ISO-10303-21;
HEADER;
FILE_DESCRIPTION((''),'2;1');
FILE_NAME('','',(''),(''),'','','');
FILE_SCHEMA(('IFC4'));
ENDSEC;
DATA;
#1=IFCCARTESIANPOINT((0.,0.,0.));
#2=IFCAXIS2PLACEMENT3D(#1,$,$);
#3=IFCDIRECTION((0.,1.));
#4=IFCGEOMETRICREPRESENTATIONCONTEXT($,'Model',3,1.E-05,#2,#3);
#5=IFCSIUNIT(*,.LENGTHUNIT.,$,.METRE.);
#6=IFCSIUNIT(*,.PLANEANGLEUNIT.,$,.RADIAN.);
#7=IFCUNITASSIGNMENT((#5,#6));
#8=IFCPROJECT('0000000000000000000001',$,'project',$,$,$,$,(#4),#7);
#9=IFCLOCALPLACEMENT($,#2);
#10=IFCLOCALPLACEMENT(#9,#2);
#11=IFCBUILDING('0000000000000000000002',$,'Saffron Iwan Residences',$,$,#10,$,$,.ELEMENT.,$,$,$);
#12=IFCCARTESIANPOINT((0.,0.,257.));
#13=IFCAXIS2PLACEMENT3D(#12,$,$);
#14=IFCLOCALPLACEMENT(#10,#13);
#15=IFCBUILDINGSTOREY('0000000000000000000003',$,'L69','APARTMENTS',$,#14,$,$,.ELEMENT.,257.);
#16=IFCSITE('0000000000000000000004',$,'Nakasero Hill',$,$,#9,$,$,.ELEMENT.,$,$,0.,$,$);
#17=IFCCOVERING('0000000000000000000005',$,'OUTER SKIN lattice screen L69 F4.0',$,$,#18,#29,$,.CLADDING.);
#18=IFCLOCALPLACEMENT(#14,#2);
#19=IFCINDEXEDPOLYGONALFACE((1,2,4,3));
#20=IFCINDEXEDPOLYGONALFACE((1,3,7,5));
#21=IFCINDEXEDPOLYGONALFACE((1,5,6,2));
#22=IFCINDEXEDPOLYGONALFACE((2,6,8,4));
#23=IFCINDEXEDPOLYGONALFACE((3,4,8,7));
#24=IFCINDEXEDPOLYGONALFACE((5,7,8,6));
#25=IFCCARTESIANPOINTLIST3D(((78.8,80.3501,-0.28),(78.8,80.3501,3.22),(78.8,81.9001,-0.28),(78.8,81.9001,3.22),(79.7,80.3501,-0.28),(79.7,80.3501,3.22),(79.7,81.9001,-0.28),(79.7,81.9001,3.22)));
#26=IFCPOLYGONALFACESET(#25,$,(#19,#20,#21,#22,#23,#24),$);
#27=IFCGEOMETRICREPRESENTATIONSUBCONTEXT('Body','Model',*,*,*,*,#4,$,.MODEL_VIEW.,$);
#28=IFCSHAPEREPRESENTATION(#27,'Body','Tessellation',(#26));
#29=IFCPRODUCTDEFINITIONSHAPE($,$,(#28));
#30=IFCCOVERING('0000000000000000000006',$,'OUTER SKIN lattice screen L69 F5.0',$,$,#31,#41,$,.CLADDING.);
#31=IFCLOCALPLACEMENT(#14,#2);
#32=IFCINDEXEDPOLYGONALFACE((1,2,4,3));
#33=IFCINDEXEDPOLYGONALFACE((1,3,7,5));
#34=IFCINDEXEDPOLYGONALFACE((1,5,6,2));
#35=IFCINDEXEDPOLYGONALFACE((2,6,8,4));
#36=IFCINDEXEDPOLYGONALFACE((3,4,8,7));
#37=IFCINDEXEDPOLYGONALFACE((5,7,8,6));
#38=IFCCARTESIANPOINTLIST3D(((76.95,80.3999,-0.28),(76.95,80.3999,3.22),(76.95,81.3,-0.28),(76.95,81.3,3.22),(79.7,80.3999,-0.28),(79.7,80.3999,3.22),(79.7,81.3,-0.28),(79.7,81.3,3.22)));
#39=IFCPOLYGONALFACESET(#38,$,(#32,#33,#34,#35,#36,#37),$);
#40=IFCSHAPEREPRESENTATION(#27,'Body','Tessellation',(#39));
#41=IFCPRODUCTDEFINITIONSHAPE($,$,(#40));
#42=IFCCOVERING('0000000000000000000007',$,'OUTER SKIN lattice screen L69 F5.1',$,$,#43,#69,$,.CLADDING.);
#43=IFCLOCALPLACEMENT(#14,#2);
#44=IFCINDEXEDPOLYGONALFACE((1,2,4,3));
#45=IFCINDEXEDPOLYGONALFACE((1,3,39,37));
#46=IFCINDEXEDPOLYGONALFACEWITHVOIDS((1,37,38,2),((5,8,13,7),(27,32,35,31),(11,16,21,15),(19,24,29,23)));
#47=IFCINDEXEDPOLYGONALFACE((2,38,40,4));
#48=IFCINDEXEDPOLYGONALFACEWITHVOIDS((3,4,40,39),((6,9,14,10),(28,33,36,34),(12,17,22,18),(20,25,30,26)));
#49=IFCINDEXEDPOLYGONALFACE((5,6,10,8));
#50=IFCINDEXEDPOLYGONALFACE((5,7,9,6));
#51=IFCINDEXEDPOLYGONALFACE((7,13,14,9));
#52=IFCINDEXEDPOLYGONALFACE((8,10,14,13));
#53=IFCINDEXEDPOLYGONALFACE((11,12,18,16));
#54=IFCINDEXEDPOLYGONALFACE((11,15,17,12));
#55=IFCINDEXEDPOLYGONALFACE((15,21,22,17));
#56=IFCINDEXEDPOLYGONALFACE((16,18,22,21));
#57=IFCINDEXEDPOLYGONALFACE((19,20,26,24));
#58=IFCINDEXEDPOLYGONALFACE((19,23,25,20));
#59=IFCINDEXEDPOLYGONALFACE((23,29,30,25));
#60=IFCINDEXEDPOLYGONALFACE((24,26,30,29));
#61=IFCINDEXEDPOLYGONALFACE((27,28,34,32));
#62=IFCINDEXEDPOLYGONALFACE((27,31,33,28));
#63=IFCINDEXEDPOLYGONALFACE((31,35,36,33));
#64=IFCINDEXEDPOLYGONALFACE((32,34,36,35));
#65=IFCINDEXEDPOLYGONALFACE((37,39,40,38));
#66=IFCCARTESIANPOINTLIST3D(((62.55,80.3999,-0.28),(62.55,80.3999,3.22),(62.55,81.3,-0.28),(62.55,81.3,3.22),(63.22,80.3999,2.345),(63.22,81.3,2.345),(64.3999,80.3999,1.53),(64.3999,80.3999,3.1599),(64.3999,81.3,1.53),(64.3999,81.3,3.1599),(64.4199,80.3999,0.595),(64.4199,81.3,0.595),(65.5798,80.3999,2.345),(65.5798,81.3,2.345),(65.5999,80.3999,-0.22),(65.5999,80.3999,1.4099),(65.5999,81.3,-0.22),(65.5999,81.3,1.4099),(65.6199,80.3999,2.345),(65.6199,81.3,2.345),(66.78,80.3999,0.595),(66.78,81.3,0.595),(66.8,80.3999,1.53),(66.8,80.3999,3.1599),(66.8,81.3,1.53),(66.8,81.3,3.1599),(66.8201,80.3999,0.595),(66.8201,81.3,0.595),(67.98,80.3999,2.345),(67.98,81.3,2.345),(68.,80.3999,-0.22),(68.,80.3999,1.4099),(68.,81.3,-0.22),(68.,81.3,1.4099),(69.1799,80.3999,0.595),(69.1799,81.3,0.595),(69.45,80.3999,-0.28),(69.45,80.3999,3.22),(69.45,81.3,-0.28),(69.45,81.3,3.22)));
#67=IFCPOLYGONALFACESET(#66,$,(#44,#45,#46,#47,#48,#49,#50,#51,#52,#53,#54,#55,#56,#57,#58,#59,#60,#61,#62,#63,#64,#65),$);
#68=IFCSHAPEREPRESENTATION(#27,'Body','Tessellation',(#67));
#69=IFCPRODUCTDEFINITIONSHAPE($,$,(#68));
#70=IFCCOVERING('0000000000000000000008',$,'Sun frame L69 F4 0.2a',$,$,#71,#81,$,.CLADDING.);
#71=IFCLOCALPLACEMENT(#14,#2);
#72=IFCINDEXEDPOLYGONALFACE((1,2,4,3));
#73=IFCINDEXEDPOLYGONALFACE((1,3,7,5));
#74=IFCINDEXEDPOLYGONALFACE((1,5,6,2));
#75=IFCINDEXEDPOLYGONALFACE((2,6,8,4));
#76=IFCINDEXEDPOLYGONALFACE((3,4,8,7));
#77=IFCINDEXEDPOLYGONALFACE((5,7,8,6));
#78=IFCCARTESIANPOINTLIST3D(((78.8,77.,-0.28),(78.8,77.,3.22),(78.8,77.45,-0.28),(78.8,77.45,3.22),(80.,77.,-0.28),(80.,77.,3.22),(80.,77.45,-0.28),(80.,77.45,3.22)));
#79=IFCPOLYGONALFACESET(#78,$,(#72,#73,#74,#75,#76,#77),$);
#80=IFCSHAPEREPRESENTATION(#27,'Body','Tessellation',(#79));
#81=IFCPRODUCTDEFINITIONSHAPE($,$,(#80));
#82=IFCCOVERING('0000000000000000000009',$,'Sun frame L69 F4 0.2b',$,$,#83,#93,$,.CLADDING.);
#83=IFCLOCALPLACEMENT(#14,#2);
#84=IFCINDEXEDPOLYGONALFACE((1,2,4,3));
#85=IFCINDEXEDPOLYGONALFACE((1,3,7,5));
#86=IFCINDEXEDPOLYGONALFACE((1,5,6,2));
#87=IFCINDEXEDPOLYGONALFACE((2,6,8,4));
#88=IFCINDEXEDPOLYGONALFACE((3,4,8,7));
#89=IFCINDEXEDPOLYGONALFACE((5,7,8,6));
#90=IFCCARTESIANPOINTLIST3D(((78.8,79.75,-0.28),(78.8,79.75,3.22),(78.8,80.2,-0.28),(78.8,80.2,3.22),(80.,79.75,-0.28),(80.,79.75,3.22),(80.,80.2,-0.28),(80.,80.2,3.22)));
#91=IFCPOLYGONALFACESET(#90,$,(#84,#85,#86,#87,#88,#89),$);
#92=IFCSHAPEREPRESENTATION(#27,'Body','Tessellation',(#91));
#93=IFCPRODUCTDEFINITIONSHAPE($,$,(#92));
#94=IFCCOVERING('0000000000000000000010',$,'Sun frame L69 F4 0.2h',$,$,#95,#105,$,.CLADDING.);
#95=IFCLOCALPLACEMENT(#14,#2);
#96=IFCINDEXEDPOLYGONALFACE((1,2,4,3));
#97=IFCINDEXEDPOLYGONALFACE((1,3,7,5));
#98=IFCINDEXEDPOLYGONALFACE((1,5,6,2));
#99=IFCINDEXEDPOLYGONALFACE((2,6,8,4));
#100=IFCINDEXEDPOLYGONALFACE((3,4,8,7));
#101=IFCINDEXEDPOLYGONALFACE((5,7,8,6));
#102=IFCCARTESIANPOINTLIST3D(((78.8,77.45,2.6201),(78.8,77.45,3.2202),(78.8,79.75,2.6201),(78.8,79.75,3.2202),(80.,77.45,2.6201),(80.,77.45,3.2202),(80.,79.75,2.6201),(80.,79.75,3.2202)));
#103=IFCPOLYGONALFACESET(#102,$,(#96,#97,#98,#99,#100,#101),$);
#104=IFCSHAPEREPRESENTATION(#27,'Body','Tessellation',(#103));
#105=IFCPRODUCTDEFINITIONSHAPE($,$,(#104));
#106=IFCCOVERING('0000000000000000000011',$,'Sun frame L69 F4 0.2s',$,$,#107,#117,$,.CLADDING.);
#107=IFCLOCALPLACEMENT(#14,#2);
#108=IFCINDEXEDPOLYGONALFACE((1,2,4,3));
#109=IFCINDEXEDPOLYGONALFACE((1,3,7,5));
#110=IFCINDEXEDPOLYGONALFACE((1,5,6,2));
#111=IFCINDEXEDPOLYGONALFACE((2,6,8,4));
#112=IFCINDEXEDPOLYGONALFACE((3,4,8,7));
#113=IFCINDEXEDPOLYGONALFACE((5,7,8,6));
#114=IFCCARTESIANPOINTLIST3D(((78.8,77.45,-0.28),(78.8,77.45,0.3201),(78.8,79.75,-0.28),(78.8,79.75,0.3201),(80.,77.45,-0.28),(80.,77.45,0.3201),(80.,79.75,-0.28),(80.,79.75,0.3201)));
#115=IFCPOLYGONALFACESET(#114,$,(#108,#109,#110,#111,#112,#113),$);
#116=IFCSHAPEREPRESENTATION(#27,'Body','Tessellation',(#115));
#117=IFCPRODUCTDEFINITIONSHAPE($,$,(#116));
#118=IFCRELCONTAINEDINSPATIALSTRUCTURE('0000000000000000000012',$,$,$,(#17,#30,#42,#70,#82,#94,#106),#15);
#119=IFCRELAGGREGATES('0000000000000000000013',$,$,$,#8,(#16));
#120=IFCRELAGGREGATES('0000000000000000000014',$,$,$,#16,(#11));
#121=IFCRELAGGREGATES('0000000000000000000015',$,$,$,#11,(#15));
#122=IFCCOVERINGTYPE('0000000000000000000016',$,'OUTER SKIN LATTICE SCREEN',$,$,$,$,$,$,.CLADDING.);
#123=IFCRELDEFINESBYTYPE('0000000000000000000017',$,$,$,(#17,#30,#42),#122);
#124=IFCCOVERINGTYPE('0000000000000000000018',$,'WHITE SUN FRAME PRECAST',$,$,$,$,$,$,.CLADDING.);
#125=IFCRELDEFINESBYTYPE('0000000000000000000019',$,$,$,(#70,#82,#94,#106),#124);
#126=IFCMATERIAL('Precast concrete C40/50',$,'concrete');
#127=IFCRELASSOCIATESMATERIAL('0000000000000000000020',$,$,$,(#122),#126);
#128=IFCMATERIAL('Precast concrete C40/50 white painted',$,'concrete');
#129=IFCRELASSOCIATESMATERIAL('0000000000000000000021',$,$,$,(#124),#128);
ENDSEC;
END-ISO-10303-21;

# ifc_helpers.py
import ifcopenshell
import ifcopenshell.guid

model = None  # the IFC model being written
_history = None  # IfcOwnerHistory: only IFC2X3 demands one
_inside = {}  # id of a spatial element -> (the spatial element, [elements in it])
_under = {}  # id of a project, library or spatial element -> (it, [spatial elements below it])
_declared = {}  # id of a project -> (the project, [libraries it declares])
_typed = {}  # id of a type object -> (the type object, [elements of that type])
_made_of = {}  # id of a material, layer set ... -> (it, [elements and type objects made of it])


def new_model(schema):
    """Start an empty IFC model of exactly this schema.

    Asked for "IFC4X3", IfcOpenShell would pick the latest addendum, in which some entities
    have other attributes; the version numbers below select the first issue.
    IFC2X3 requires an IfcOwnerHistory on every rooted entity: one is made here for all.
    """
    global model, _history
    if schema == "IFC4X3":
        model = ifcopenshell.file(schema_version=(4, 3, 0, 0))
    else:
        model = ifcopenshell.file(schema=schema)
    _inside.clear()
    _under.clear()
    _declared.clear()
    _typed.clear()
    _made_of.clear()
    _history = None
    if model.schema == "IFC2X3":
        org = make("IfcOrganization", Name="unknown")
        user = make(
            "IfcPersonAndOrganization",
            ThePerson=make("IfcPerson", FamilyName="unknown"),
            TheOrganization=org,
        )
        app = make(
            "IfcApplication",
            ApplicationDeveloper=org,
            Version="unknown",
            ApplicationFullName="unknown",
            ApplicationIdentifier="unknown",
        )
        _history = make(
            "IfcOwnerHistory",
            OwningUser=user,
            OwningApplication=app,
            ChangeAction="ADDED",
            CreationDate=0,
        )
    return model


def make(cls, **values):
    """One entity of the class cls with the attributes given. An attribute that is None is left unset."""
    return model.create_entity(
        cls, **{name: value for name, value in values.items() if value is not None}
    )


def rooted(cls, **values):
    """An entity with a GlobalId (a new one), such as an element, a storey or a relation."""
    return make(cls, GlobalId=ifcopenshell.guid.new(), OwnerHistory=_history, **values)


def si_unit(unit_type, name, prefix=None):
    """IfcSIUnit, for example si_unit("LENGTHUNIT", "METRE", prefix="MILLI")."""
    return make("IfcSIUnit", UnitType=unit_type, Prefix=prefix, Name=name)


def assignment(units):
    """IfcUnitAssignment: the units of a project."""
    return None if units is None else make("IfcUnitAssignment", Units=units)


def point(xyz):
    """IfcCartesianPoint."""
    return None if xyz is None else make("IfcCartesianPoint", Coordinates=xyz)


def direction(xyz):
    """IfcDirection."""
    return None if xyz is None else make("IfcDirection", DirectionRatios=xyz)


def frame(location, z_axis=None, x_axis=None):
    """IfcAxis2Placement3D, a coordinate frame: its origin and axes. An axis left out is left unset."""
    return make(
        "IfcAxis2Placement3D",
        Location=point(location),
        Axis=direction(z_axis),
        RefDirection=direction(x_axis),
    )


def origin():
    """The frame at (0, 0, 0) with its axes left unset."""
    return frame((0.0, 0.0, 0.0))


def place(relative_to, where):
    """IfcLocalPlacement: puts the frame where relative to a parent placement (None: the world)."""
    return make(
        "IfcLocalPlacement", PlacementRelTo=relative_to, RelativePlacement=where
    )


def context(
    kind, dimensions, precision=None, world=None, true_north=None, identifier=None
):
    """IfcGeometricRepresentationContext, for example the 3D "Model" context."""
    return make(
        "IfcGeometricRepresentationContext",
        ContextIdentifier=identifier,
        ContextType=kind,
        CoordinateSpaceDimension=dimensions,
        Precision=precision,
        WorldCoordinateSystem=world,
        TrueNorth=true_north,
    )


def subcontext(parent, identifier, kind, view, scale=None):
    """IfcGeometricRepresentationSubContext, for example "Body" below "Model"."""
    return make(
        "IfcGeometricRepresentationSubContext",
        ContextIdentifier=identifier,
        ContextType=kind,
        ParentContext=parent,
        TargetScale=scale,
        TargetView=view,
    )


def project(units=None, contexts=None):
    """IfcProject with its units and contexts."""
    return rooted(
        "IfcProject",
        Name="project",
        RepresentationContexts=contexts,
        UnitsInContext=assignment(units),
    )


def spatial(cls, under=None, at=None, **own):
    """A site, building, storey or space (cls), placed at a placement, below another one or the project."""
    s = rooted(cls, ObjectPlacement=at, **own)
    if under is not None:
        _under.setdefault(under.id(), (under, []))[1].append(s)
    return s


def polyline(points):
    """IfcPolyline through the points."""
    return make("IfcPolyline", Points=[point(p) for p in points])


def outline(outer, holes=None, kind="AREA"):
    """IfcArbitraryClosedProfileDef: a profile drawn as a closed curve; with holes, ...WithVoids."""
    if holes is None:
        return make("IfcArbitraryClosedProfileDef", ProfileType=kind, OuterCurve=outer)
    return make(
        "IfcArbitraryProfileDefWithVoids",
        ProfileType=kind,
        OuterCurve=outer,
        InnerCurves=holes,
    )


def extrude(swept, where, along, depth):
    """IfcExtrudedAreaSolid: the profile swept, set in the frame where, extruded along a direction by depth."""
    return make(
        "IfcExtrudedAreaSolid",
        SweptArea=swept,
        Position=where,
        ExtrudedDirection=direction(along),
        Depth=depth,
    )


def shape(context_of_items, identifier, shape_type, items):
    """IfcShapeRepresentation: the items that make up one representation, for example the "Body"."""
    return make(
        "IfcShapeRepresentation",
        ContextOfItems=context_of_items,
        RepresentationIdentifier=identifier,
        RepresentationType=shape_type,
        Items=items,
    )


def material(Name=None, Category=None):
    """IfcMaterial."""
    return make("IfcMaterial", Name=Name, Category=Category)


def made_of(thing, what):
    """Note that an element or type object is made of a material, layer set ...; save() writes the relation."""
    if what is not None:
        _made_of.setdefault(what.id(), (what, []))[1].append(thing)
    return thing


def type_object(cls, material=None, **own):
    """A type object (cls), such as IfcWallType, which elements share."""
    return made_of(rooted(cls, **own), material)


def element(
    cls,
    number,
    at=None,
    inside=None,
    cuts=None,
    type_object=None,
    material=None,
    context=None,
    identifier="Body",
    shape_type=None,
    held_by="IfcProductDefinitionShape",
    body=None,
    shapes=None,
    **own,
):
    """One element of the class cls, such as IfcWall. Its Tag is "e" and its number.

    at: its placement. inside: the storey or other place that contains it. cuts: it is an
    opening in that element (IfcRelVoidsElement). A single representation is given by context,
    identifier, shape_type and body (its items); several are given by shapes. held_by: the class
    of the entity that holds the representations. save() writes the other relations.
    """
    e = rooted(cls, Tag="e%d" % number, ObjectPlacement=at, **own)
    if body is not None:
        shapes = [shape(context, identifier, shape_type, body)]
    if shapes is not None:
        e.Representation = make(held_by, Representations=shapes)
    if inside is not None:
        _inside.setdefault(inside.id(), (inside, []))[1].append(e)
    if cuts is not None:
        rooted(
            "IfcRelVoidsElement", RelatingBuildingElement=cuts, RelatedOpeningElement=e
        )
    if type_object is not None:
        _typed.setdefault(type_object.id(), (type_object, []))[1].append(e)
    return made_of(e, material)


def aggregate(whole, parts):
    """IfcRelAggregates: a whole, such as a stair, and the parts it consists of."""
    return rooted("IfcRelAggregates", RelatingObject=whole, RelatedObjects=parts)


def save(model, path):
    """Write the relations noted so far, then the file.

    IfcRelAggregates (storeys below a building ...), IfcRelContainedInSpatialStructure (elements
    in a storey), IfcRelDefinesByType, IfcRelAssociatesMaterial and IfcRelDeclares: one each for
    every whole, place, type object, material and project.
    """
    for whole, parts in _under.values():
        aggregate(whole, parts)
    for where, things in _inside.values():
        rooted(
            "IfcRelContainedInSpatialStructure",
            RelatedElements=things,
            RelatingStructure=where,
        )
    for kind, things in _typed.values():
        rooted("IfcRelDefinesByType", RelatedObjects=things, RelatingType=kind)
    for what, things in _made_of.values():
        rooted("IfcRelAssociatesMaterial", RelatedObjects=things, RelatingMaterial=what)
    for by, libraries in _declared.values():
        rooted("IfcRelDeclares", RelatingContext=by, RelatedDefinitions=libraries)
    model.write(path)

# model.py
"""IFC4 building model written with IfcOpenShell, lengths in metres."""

from ifc_helpers import new_model, si_unit, direction, frame, origin, place, context, subcontext, project, spatial, polyline, outline, extrude, material, type_object, element, save


model = new_model("IFC4")

# Units and contexts
model_context = context("Model", 3, precision=1e-05, world=origin(), true_north=direction((0.0, 1.0)))
body_context = subcontext(model_context, "Body", "Model", "MODEL_VIEW")
ifc_project = project(units=[si_unit("LENGTHUNIT", "METRE"), si_unit("PLANEANGLEUNIT", "RADIAN")], contexts=[model_context])

# Site, building, storey
site_placement = place(None, origin())
site = spatial("IfcSite", under=ifc_project, at=site_placement, Name="Nakasero Hill", CompositionType="ELEMENT", RefElevation=0.0)
building_placement = place(site_placement, origin())
building = spatial("IfcBuilding", under=site, at=building_placement, Name="Saffron Iwan Residences", CompositionType="ELEMENT")
storey_placement = place(building_placement, frame((0.0, 0.0, 257.0)))
storey = spatial("IfcBuildingStorey", under=building, at=storey_placement, Name="L69", Description="APARTMENTS", CompositionType="ELEMENT", Elevation=257.0)

# Coverings
ifc_material_1 = material(Name="Precast concrete C40/50", Category="concrete")
covering_type_1 = type_object("IfcCoveringType", Name="OUTER SKIN LATTICE SCREEN", PredefinedType="CLADDING", material=ifc_material_1)
covering_1_placement = place(storey_placement, frame((78.8, 80.3501, -0.28), z_axis=(1.0, 0.0, 0.0), x_axis=(0.0, 1.0, 0.0)))
element("IfcCovering", 1, at=covering_1_placement, inside=storey, type_object=covering_type_1, Name="OUTER SKIN lattice screen L69 F4.0", PredefinedType="CLADDING", context=body_context, shape_type="SweptSolid", body=[
    extrude(outline(polyline([(0.0, 0.0), (1.55, 0.0), (1.55, 3.5), (0.0, 3.5), (0.0, 0.0)])), origin(), (0.0, 0.0, 1.0), 0.8999),
])
covering_2_placement = place(storey_placement, frame((79.7, 80.3999, -0.28), z_axis=(0.0, 1.0, 0.0), x_axis=(-1.0, 0.0, 0.0)))
element("IfcCovering", 2, at=covering_2_placement, inside=storey, type_object=covering_type_1, Name="OUTER SKIN lattice screen L69 F5.0", PredefinedType="CLADDING", context=body_context, shape_type="SweptSolid", body=[
    extrude(outline(polyline([(0.0, 0.0), (2.75, 0.0), (2.75, 3.5), (0.0, 3.5), (0.0, 0.0)])), origin(), (0.0, 0.0, 1.0), 0.9001),
])
covering_3_placement = place(storey_placement, frame((69.45, 80.3999, -0.28), z_axis=(0.0, 1.0, 0.0), x_axis=(-1.0, 0.0, 0.0)))
element("IfcCovering", 3, at=covering_3_placement, inside=storey, type_object=covering_type_1, Name="OUTER SKIN lattice screen L69 F5.1", PredefinedType="CLADDING", context=body_context, shape_type="SweptSolid", body=[
    extrude(outline(polyline([(0.0, 0.0), (6.8999, 0.0), (6.8999, 3.5), (0.0, 3.5), (0.0, 0.0)]), holes=[polyline([(0.27, 0.875), (1.45, 0.0601), (2.6299, 0.875), (1.45, 1.6899), (0.27, 0.875)]), polyline([(2.6699, 0.875), (3.8501, 0.0601), (5.03, 0.875), (3.8501, 1.6899), (2.6699, 0.875)]), polyline([(1.47, 2.625), (2.6499, 1.8101), (3.8301, 2.625), (2.6499, 3.4399), (1.47, 2.625)]), polyline([(3.8701, 2.625), (5.05, 1.8101), (6.23, 2.625), (5.05, 3.4399), (3.8701, 2.625)])]), origin(), (0.0, 0.0, 1.0), 0.9001),
])
ifc_material_2 = material(Name="Precast concrete C40/50 white painted", Category="concrete")
covering_type_2 = type_object("IfcCoveringType", Name="WHITE SUN FRAME PRECAST", PredefinedType="CLADDING", material=ifc_material_2)
for number, where, z_axis, x_axis, name in (
    (4, (78.8, 77.0, -0.28), (1.0, 0.0, 0.0), (0.0, 1.0, 0.0), "Sun frame L69 F4 0.2a"),
    (5, (78.8, 79.75, -0.28), (1.0, 0.0, 0.0), (0.0, 1.0, 0.0), "Sun frame L69 F4 0.2b"),
):
    element("IfcCovering", number, at=place(storey_placement, frame(where, z_axis=z_axis, x_axis=x_axis)), inside=storey, type_object=covering_type_2, Name=name, PredefinedType="CLADDING", context=body_context, shape_type="SweptSolid", body=[
        extrude(outline(polyline([(0.0, 0.0), (0.45, 0.0), (0.45, 3.5), (0.0, 3.5), (0.0, 0.0)])), origin(), (0.0, 0.0, 1.0), 1.2),
    ])
for number, where, z_axis, x_axis, name in (
    (6, (78.8, 77.45, 2.6201), (1.0, 0.0, 0.0), (0.0, 1.0, 0.0), "Sun frame L69 F4 0.2h"),
    (7, (78.8, 77.45, -0.28), (1.0, 0.0, 0.0), (0.0, 1.0, 0.0), "Sun frame L69 F4 0.2s"),
):
    element("IfcCovering", number, at=place(storey_placement, frame(where, z_axis=z_axis, x_axis=x_axis)), inside=storey, type_object=covering_type_2, Name=name, PredefinedType="CLADDING", context=body_context, shape_type="SweptSolid", body=[
        extrude(outline(polyline([(0.0, 0.0), (2.3, 0.0), (2.3, 0.6001), (0.0, 0.6001), (0.0, 0.0)])), origin(), (0.0, 0.0, 1.0), 1.2),
    ])

save(model, "model.ifc")
